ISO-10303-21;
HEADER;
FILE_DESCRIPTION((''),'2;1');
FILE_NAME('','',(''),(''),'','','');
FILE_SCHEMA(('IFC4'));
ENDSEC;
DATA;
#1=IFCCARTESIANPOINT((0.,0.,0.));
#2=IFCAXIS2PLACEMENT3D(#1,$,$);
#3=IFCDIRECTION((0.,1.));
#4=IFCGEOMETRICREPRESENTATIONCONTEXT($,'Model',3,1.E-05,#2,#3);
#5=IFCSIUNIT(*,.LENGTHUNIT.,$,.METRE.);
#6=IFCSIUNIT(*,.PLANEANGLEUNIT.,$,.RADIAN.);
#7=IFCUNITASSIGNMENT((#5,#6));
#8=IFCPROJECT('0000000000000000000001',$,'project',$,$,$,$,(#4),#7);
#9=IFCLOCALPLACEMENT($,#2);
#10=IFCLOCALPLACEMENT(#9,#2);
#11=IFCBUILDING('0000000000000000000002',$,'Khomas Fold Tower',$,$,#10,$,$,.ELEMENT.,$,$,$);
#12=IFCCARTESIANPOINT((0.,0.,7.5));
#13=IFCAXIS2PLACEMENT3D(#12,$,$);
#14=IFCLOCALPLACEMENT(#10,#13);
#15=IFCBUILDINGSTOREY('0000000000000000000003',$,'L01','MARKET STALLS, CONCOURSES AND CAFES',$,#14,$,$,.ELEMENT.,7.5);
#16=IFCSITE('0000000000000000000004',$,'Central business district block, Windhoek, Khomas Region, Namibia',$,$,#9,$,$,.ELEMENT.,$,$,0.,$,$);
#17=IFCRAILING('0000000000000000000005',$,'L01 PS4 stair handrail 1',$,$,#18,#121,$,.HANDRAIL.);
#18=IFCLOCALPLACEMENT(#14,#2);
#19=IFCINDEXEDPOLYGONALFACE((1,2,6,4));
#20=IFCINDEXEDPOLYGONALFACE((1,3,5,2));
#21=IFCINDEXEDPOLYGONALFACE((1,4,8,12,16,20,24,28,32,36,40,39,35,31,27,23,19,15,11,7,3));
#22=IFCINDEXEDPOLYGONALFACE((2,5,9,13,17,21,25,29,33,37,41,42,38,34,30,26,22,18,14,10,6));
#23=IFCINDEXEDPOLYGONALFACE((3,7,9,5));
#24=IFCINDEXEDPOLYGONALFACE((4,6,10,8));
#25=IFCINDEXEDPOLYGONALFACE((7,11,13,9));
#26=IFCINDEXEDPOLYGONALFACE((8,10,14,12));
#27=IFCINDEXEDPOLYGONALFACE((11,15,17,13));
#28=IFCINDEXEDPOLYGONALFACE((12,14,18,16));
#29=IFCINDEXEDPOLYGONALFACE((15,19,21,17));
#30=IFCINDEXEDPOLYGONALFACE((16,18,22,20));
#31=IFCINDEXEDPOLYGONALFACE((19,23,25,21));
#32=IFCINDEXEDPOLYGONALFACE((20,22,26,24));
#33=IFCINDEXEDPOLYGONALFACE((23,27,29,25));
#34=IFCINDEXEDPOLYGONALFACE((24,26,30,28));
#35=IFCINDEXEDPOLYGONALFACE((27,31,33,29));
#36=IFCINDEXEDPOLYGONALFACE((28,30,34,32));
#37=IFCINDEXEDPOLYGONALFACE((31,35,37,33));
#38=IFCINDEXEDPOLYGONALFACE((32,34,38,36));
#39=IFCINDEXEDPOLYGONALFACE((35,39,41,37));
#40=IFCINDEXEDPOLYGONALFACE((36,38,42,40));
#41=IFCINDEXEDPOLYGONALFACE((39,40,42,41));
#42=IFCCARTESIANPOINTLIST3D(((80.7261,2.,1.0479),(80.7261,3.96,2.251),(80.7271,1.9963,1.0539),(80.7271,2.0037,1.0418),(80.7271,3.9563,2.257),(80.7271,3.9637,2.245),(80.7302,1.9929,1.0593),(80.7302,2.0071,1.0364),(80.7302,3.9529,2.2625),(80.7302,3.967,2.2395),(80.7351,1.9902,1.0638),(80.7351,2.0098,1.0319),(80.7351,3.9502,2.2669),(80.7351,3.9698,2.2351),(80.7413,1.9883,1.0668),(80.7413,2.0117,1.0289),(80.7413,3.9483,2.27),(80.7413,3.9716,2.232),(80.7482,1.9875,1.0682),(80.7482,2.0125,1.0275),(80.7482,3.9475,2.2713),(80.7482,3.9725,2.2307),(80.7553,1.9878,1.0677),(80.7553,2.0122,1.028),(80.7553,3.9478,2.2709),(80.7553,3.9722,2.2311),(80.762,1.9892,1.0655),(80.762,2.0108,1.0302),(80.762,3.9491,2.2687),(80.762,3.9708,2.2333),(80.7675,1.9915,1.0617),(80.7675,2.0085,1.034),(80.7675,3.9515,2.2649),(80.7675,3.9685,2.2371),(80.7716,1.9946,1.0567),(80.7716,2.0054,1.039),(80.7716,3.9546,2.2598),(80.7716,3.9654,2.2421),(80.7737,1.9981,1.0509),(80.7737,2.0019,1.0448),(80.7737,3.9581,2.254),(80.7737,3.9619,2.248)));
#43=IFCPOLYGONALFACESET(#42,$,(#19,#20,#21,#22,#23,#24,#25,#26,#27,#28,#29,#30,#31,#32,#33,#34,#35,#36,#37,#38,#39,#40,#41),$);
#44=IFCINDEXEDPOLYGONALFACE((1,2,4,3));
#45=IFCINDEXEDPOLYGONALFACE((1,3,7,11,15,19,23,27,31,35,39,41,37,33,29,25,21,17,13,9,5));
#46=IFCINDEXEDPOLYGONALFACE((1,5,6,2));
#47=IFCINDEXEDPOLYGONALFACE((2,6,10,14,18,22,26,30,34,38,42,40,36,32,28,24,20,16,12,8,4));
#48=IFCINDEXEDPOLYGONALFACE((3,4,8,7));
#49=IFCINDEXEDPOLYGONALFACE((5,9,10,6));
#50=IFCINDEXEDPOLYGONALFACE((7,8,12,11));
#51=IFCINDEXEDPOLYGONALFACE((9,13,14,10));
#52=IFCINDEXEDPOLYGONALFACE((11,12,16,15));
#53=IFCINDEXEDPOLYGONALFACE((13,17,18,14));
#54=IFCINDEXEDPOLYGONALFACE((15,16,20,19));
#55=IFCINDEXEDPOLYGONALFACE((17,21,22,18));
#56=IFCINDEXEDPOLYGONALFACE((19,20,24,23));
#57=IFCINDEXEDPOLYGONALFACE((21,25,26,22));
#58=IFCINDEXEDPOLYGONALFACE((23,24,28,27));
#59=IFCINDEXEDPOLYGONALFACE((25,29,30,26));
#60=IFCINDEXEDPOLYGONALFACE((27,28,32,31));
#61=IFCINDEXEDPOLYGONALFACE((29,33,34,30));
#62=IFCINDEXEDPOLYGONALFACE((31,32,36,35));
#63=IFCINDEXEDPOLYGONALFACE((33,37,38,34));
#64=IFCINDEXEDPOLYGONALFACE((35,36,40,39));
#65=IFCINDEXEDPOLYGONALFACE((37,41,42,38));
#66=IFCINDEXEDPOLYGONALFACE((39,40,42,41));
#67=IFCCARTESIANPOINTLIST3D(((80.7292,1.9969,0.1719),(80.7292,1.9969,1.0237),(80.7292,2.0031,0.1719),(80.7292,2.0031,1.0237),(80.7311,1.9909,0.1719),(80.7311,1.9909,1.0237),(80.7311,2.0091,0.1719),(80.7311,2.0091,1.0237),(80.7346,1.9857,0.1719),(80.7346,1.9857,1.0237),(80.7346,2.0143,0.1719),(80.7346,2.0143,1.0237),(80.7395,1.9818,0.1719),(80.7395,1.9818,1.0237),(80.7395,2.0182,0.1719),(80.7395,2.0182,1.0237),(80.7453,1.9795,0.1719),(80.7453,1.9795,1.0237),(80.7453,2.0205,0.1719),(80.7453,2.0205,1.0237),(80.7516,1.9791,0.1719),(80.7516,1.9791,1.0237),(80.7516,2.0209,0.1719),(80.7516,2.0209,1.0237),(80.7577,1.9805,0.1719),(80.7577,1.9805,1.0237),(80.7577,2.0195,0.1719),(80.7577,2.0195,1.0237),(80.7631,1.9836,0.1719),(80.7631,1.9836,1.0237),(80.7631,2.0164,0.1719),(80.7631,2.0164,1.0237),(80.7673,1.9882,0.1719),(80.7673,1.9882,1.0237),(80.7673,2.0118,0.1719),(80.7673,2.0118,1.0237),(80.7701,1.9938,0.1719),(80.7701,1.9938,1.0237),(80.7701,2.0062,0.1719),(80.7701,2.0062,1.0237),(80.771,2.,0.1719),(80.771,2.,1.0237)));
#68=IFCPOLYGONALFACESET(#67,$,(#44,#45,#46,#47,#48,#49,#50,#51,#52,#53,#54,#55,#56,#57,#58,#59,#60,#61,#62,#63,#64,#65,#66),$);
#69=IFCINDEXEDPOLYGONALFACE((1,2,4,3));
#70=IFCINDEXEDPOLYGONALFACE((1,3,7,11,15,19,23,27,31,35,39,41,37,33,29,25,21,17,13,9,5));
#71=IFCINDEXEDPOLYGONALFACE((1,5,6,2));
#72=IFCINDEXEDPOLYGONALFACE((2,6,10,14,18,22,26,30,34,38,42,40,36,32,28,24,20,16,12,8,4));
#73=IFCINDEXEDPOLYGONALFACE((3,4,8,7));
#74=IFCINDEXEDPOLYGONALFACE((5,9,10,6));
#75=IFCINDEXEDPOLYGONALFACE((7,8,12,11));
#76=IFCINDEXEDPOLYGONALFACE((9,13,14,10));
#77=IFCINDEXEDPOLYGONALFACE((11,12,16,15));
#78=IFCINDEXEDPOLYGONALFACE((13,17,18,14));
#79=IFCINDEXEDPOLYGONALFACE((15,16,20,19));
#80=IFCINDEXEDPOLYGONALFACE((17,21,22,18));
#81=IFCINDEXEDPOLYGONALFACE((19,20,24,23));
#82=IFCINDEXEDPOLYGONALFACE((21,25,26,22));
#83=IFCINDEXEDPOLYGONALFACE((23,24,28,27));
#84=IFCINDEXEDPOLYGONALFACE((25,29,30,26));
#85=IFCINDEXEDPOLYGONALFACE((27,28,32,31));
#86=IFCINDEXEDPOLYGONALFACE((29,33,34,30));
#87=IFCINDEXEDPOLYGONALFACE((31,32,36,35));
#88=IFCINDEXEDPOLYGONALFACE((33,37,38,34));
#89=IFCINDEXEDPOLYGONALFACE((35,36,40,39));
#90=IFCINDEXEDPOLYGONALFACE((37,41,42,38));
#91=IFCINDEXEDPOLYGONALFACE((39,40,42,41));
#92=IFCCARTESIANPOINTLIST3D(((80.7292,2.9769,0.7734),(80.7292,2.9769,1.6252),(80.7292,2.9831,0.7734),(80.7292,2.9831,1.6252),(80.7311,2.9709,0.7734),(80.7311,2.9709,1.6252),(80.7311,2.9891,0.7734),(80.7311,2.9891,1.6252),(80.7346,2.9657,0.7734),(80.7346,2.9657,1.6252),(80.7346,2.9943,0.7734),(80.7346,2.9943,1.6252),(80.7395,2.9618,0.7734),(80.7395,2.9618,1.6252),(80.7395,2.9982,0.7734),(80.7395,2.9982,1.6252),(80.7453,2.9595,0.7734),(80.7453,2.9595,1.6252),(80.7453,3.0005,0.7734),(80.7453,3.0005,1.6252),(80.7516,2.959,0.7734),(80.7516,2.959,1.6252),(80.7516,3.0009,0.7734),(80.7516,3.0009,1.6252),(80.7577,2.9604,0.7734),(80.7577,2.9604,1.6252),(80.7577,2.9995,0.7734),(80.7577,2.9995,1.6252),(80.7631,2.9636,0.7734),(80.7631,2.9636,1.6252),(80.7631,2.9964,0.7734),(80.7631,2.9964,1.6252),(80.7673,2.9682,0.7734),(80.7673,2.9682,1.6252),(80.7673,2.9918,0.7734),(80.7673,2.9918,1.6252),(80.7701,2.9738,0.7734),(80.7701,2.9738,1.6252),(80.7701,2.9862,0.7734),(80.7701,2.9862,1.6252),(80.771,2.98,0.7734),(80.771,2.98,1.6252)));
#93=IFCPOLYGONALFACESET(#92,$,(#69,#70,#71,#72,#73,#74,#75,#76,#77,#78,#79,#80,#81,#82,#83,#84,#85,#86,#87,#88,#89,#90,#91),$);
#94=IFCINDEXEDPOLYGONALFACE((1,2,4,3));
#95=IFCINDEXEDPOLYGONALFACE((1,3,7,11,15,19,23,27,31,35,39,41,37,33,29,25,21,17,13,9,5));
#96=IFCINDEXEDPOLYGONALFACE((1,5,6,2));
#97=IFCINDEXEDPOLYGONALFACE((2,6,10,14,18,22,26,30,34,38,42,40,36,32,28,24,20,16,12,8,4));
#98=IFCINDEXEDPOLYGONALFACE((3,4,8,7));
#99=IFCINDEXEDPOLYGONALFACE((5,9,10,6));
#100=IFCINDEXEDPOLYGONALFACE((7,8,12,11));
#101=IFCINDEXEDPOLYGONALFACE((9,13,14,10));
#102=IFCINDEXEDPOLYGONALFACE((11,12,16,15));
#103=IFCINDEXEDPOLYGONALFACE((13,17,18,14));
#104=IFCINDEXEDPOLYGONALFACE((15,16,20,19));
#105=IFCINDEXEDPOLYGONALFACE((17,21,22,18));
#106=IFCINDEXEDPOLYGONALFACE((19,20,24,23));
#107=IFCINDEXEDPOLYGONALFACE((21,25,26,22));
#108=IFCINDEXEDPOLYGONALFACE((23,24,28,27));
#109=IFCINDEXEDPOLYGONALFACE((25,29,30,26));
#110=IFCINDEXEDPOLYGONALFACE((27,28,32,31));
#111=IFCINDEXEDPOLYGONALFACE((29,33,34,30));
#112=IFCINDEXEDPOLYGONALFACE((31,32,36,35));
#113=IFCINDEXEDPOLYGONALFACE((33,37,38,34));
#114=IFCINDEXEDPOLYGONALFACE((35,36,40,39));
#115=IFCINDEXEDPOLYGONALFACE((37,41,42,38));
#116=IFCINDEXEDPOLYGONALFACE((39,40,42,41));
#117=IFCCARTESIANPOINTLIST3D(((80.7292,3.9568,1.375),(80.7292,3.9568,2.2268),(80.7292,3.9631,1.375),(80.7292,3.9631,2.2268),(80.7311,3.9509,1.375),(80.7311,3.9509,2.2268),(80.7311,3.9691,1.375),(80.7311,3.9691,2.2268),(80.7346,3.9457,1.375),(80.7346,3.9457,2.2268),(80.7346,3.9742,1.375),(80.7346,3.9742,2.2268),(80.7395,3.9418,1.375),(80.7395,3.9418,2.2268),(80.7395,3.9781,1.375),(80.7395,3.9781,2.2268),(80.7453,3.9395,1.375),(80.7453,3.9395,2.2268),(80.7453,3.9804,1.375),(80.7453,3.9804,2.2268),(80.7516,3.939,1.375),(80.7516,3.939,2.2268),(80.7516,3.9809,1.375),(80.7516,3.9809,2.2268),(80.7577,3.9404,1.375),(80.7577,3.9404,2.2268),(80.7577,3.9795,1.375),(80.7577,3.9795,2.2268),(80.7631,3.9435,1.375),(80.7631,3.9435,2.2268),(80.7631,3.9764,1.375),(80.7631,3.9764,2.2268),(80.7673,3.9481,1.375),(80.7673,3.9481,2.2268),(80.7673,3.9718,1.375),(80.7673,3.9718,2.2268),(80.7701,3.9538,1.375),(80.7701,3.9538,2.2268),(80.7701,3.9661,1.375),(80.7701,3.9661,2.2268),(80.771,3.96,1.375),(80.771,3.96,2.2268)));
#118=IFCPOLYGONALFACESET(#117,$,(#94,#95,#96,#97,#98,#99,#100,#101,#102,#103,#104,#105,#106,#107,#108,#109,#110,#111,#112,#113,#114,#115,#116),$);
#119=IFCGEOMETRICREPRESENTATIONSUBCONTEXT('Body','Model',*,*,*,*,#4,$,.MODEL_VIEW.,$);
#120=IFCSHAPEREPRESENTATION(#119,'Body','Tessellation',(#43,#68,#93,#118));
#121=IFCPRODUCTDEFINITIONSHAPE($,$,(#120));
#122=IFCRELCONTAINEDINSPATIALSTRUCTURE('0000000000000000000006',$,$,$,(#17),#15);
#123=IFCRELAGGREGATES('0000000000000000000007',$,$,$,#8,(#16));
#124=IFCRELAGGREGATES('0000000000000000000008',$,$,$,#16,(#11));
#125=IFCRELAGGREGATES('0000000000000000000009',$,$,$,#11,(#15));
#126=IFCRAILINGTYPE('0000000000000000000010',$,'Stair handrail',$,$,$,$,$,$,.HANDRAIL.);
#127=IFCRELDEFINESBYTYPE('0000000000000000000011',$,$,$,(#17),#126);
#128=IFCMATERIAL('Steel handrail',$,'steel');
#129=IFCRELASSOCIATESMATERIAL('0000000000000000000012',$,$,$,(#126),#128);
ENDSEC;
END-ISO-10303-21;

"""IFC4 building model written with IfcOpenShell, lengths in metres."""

from ifc_helpers import new_model, si_unit, direction, frame, origin, origin_2d, place, context, subcontext, project, spatial, circle, extrude, source, transform, mapped, material, type_object, element, save


model = new_model("IFC4")

# Units and contexts
model_context = context("Model", 3, precision=1e-05, world=origin(), true_north=direction((0.0, 1.0)))
body_context = subcontext(model_context, "Body", "Model", "MODEL_VIEW")
ifc_project = project(units=[si_unit("LENGTHUNIT", "METRE"), si_unit("PLANEANGLEUNIT", "RADIAN")], contexts=[model_context])

# Site, building, storey
site_placement = place(None, origin())
site = spatial("IfcSite", under=ifc_project, at=site_placement, Name="Central business district block, Windhoek, Khomas Region, Namibia", CompositionType="ELEMENT", RefElevation=0.0)
building_placement = place(site_placement, origin())
building = spatial("IfcBuilding", under=site, at=building_placement, Name="Khomas Fold Tower", CompositionType="ELEMENT")
storey_placement = place(building_placement, frame((0.0, 0.0, 7.5)))
storey = spatial("IfcBuildingStorey", under=building, at=storey_placement, Name="L01", Description="MARKET STALLS, CONCOURSES AND CAFES", CompositionType="ELEMENT", Elevation=7.5)

# Railing
ifc_material_1 = material(Name="Steel handrail", Category="steel")
railing_type_1 = type_object("IfcRailingType", Name="Stair handrail", PredefinedType="HANDRAIL", material=ifc_material_1)
shared_shape_1 = source(origin(), body_context, "Body", "SweptSolid", [
    extrude(circle(Radius=0.0239, at=origin_2d()), frame((0.0, 0.0, 0.876), z_axis=(0.0, 0.852241, 0.523149), x_axis=(-1.0, 0.0, 0.0)), (0.0, 0.0, 1.0), 2.2998),
    extrude(circle(Radius=0.021, at=origin_2d()), origin(), (0.0, 0.0, 1.0), 0.8518),
    extrude(circle(Radius=0.021, at=origin_2d()), frame((0.0, 0.98, 0.6016)), (0.0, 0.0, 1.0), 0.8518),
    extrude(circle(Radius=0.021, at=origin_2d()), frame((0.0, 1.96, 1.2031)), (0.0, 0.0, 1.0), 0.8518),
])
for number, where, name in (
    (1, (80.75, 2.0, 0.1719), "L01 PS4 stair handrail 1"),
):
    element("IfcRailing", number, at=place(storey_placement, frame(where)), inside=storey, type_object=railing_type_1, Name=name, PredefinedType="HANDRAIL", context=body_context, shape_type="MappedRepresentation", body=[
        mapped(shared_shape_1, transform((0.0, 0.0, 0.0))),
    ])

save(model, "model.ifc")
